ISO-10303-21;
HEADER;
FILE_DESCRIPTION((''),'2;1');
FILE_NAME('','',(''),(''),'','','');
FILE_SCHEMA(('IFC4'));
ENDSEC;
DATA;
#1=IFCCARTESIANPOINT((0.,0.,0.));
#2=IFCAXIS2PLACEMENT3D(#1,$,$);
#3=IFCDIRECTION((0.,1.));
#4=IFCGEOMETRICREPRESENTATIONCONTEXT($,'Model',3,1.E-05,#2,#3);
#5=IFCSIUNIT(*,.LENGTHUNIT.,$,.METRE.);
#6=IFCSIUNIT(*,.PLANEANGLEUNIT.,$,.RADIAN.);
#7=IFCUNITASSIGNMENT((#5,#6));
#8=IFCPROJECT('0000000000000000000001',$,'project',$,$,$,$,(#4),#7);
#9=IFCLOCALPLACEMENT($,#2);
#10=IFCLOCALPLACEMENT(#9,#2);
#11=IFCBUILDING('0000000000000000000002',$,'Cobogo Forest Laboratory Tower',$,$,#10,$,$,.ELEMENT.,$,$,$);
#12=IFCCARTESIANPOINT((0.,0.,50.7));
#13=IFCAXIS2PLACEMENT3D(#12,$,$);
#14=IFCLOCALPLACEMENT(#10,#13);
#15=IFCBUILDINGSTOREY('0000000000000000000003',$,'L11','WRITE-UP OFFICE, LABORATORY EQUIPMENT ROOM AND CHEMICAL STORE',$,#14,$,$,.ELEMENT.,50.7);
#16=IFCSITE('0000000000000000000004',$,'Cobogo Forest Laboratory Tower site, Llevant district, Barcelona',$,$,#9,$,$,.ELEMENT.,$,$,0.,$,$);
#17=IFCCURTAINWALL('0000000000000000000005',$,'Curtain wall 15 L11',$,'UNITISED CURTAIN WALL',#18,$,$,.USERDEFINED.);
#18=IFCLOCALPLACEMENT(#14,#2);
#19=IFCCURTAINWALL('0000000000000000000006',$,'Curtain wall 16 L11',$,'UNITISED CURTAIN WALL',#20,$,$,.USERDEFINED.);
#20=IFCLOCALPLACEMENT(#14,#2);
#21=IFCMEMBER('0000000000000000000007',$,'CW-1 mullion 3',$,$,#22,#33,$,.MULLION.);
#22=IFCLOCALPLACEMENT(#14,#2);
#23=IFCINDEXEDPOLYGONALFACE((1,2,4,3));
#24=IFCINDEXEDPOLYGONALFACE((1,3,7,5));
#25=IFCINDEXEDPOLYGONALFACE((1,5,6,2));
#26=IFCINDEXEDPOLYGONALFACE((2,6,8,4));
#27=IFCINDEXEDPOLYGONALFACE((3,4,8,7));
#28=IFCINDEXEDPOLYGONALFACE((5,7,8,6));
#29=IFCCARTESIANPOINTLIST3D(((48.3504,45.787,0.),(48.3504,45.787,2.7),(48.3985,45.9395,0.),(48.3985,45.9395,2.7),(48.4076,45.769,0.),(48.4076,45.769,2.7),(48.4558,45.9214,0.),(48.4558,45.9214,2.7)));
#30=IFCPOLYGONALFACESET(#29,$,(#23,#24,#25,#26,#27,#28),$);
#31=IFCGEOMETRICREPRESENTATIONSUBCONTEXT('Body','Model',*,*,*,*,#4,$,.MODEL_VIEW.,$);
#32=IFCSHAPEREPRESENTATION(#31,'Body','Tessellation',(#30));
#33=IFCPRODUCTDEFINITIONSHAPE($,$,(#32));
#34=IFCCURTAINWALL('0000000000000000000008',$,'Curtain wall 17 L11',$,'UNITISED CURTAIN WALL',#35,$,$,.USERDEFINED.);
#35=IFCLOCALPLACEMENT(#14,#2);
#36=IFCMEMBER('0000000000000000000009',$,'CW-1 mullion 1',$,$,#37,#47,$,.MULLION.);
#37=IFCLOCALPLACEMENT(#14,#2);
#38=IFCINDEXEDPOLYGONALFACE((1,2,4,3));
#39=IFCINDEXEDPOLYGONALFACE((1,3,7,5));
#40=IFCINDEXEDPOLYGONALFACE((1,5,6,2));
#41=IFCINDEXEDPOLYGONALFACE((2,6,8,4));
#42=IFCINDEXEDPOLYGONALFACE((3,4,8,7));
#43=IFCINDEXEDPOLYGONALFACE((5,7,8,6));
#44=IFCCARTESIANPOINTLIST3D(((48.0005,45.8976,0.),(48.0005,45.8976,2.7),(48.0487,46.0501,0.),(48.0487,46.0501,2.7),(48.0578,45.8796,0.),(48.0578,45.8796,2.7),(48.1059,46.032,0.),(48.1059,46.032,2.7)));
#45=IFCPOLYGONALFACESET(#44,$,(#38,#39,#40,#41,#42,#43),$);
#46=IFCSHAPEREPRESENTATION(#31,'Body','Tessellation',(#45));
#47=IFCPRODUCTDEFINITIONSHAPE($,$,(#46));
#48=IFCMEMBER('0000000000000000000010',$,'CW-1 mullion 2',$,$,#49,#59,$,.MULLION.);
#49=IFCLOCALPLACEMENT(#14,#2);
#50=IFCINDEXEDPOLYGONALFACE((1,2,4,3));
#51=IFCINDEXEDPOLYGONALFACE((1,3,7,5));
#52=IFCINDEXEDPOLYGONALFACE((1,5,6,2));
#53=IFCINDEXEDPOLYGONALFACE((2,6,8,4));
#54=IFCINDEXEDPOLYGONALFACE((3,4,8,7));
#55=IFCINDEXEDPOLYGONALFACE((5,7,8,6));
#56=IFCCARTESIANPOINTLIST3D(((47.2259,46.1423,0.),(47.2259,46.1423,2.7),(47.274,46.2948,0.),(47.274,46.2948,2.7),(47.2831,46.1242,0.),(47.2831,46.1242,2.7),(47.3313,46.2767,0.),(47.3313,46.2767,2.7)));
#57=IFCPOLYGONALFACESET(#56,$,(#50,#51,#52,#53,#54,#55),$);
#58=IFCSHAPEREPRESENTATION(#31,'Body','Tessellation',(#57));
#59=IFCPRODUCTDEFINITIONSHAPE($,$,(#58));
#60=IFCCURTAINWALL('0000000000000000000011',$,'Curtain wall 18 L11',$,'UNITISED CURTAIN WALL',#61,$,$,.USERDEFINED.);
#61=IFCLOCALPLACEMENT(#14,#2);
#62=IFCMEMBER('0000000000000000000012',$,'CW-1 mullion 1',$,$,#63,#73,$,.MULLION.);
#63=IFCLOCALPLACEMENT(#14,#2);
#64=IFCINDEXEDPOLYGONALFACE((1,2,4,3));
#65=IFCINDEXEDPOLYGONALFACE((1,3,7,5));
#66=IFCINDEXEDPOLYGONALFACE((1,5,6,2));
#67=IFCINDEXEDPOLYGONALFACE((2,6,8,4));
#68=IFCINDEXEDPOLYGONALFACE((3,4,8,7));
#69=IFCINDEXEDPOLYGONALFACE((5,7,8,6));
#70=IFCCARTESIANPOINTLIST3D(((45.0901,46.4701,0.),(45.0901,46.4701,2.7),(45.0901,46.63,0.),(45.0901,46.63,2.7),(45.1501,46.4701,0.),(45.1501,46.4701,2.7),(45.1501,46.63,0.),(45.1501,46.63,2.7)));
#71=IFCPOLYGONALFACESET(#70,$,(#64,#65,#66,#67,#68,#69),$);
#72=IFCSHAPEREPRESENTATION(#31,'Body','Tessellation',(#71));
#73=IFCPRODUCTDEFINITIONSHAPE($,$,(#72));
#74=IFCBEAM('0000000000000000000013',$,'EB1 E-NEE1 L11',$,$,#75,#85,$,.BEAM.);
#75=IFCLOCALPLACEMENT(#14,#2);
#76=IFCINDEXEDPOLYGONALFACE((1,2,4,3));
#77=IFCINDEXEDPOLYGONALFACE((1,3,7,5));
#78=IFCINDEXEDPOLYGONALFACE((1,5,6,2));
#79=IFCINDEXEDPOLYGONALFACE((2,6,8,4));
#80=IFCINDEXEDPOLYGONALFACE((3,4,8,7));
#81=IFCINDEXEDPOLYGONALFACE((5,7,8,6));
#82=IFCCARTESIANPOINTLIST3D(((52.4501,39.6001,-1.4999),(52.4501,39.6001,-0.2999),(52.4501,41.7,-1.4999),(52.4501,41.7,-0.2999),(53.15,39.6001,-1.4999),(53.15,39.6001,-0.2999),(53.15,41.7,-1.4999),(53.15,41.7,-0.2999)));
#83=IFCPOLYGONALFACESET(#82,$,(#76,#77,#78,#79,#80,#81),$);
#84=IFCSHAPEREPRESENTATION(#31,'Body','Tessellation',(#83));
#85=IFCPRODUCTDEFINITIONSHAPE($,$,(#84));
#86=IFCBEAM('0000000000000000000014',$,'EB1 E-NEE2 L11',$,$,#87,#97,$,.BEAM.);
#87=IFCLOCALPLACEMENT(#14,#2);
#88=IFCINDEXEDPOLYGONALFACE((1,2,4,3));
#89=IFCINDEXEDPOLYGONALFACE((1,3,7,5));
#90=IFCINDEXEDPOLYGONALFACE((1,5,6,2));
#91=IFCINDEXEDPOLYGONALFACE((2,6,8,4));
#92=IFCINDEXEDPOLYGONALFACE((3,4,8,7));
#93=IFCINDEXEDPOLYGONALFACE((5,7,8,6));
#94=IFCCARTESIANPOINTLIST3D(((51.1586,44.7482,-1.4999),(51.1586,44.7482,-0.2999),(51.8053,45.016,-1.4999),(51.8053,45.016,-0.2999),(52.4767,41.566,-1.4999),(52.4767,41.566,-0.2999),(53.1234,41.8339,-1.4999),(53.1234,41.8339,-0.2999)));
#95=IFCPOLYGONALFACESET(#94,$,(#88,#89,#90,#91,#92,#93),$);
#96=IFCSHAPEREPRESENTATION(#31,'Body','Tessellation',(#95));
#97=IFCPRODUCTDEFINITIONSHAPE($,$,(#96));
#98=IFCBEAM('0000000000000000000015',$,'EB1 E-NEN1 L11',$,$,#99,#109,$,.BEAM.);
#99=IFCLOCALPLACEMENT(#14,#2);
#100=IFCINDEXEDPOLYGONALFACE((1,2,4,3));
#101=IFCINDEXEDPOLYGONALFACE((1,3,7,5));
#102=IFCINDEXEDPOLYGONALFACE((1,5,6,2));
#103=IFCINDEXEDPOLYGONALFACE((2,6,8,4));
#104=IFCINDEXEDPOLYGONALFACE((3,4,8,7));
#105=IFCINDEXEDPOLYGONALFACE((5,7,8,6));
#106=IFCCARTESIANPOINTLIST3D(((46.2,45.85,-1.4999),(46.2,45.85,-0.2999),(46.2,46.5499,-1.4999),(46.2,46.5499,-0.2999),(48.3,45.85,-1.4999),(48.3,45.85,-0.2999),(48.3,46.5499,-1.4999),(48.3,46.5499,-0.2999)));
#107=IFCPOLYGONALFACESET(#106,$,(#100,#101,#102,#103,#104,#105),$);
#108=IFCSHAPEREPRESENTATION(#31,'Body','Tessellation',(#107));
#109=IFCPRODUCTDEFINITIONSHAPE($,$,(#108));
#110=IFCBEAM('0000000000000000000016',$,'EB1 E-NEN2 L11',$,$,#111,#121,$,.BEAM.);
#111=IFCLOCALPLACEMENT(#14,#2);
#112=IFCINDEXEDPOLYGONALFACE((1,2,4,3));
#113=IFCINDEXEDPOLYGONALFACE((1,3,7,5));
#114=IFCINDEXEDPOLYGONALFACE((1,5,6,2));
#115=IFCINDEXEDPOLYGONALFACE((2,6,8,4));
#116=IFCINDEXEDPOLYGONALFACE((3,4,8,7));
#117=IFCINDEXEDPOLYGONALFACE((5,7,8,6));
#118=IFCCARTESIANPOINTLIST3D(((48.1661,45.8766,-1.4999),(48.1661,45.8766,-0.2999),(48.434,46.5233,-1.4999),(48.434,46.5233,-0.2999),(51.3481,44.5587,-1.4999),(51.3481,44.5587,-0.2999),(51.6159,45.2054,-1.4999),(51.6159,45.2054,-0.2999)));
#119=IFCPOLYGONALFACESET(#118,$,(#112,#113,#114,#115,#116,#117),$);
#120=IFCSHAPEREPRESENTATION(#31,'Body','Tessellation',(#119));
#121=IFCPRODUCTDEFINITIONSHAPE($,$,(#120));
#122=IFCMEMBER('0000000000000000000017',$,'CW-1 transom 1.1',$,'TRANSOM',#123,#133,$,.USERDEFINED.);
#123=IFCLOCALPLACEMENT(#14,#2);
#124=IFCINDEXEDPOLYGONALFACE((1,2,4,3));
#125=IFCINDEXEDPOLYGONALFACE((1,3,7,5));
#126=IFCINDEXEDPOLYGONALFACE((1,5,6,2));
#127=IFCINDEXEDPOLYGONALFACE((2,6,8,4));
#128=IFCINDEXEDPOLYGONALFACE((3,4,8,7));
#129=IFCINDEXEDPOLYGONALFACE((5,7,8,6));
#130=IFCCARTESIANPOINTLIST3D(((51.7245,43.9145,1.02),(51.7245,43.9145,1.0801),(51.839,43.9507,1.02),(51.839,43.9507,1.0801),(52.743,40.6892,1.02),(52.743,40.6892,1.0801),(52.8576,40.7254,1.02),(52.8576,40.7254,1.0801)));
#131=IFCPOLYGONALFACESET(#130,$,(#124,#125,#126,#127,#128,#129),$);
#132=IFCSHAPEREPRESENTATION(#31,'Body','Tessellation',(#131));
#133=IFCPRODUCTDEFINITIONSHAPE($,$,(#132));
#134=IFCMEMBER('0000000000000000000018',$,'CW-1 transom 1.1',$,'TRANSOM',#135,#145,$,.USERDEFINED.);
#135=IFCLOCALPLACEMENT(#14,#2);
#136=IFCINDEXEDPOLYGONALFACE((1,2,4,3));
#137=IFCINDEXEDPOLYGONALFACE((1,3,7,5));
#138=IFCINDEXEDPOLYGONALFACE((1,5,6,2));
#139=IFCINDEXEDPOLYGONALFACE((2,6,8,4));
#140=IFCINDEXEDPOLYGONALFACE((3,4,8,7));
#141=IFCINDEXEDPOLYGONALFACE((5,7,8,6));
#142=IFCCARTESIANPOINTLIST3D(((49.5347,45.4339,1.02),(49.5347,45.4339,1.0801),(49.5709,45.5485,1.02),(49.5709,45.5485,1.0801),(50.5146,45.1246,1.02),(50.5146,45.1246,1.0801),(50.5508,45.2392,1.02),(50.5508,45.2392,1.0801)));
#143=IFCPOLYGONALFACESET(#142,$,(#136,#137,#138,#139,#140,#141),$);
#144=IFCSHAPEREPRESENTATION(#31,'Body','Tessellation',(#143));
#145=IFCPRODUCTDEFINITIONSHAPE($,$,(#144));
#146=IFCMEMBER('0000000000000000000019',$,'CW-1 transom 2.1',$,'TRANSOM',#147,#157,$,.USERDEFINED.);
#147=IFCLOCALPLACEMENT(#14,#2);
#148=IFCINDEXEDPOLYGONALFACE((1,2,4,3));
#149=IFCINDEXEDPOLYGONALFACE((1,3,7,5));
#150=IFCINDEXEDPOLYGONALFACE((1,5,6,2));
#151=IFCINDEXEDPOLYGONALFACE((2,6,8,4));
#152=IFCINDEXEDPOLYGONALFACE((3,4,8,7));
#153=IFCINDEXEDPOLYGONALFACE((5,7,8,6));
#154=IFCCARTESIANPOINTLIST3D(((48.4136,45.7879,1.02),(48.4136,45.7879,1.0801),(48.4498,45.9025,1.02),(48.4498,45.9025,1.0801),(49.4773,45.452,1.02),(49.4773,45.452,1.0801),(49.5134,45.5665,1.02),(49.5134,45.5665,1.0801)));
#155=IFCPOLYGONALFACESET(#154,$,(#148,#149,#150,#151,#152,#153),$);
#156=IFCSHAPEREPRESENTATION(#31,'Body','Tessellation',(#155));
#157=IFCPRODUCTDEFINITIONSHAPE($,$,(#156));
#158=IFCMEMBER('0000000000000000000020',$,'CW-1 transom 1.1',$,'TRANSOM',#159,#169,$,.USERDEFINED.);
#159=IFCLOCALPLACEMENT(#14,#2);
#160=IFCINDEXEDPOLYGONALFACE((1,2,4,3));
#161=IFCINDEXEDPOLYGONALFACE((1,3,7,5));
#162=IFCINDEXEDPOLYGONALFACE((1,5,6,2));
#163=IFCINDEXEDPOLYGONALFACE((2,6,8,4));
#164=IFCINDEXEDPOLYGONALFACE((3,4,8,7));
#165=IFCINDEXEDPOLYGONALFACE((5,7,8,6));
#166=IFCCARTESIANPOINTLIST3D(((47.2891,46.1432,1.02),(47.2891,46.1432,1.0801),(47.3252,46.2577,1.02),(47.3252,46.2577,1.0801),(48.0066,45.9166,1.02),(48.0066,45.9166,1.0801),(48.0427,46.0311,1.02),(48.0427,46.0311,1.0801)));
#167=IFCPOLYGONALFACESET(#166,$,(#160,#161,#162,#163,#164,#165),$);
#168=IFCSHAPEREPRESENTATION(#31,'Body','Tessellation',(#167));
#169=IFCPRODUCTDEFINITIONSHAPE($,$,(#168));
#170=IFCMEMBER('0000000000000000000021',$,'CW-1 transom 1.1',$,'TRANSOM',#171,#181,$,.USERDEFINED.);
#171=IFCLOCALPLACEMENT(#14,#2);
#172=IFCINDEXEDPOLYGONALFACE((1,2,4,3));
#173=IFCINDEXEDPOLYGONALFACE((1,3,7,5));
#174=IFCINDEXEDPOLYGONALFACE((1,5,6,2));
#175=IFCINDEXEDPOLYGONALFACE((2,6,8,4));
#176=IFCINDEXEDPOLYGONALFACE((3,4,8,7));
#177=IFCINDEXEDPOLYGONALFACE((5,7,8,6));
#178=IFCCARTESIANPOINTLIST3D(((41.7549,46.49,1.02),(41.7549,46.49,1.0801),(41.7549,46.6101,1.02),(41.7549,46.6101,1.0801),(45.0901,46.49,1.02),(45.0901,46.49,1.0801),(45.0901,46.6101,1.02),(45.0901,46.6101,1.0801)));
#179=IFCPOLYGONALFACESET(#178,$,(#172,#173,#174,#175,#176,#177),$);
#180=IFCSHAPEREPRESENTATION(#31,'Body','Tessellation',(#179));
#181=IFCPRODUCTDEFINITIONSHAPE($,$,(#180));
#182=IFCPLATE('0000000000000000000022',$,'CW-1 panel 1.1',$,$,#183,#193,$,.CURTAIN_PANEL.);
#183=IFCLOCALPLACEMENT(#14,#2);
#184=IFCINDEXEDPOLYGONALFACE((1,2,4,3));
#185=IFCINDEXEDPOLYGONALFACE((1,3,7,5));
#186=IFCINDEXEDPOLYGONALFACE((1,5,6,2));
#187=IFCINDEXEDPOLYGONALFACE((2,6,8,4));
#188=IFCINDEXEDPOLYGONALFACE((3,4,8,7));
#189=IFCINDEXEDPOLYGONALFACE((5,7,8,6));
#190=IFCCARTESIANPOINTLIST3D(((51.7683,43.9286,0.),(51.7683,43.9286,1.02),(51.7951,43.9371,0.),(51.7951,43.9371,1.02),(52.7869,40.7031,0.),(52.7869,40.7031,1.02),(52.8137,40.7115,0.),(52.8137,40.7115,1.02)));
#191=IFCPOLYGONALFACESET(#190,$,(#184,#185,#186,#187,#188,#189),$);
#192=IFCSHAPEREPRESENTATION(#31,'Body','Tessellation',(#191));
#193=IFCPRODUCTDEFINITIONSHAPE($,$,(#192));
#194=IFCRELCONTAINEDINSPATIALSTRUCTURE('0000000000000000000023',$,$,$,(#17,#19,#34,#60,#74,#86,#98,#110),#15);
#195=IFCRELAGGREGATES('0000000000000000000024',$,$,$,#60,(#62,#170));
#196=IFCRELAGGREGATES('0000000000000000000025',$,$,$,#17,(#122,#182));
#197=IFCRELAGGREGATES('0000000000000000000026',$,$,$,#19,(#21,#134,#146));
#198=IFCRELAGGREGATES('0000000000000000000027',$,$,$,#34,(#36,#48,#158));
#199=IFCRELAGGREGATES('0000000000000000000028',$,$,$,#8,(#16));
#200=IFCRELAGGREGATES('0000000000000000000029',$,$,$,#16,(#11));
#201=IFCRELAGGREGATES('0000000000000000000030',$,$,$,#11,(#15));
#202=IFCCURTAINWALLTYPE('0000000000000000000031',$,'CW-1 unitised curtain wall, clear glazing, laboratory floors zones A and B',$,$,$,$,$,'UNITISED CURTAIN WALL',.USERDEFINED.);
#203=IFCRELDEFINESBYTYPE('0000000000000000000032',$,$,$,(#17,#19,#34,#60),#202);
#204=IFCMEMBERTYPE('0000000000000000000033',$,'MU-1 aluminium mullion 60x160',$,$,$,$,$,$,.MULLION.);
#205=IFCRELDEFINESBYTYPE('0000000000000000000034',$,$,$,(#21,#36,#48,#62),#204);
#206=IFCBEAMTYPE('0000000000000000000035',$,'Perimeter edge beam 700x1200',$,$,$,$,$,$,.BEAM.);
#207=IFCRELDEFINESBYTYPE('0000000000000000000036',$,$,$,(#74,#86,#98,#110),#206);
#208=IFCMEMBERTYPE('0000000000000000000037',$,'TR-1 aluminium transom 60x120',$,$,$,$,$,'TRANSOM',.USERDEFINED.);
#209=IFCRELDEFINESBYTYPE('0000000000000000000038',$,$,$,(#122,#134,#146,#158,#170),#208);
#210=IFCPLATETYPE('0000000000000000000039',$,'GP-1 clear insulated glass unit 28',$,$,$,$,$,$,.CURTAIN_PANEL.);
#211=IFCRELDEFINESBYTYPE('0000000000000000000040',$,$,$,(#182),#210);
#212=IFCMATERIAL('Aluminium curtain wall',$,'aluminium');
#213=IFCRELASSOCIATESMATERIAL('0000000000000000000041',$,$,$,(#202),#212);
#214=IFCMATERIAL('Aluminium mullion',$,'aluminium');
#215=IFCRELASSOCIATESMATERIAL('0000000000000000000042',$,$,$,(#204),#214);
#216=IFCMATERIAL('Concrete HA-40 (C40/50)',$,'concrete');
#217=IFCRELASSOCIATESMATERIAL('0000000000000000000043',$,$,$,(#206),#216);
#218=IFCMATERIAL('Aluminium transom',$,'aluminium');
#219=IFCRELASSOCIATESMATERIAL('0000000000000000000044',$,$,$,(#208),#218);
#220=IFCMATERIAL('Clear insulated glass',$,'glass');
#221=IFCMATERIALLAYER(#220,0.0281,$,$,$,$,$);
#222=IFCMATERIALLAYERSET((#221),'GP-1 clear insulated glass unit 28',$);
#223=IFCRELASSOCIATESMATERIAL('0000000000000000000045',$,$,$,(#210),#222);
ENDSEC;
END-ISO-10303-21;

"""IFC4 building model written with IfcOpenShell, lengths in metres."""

from ifc_helpers import new_model, si_unit, direction, frame, origin, origin_2d, place, context, subcontext, project, spatial, rectangle, extrude, material, layer, layer_set, material_profile, profile_set, type_object, element, aggregate, save


model = new_model("IFC4")

# Units and contexts
model_context = context("Model", 3, precision=1e-05, world=origin(), true_north=direction((0.0, 1.0)))
body_context = subcontext(model_context, "Body", "Model", "MODEL_VIEW")
ifc_project = project(units=[si_unit("LENGTHUNIT", "METRE"), si_unit("PLANEANGLEUNIT", "RADIAN")], contexts=[model_context])

# Site, building, storey
site_placement = place(None, origin())
site = spatial("IfcSite", under=ifc_project, at=site_placement, Name="Cobogo Forest Laboratory Tower site, Llevant district, Barcelona", CompositionType="ELEMENT", RefElevation=0.0)
building_placement = place(site_placement, origin())
building = spatial("IfcBuilding", under=site, at=building_placement, Name="Cobogo Forest Laboratory Tower", CompositionType="ELEMENT")
storey_placement = place(building_placement, frame((0.0, 0.0, 50.7)))
storey = spatial("IfcBuildingStorey", under=building, at=storey_placement, Name="L11", Description="WRITE-UP OFFICE, LABORATORY EQUIPMENT ROOM AND CHEMICAL STORE", CompositionType="ELEMENT", Elevation=50.7)

# Shared definitions
ifc_material_1 = material(Name="Concrete HA-40 (C40/50)", Category="concrete")

# Curtain walls, members
ifc_material_2 = material(Name="Aluminium curtain wall", Category="aluminium")
curtain_wall_type = type_object("IfcCurtainWallType", Name="CW-1 unitised curtain wall, clear glazing, laboratory floors zones A and B", ElementType="UNITISED CURTAIN WALL", PredefinedType="USERDEFINED", material=ifc_material_2)
curtain_wall_1_placement = place(storey_placement, origin())
curtain_wall_1 = element("IfcCurtainWall", 1, at=curtain_wall_1_placement, inside=storey, type_object=curtain_wall_type, Name="Curtain wall 15 L11", ObjectType="UNITISED CURTAIN WALL", PredefinedType="USERDEFINED")
ifc_material_3 = material(Name="Aluminium mullion", Category="aluminium")
ifc_material_profile_1 = material_profile(ifc_material_3, rectangle(XDim=0.0601, YDim=0.1599, at=origin_2d()), Name="AL 60x160")
ifc_profile_set_1 = profile_set([ifc_material_profile_1], Name="Aluminium mullion")
member_type_1 = type_object("IfcMemberType", Name="MU-1 aluminium mullion 60x160", PredefinedType="MULLION", material=ifc_profile_set_1)
curtain_wall_2_placement = place(storey_placement, origin())
curtain_wall_2 = element("IfcCurtainWall", 2, at=curtain_wall_2_placement, inside=storey, type_object=curtain_wall_type, Name="Curtain wall 16 L11", ObjectType="UNITISED CURTAIN WALL", PredefinedType="USERDEFINED")
member_1_placement = place(storey_placement, frame((48.4031, 45.8542, 0.0), z_axis=(0.0, 0.0, 1.0), x_axis=(-0.953581, 0.301135, 0.0)))
member_1 = element("IfcMember", 3, at=member_1_placement, type_object=member_type_1, Name="CW-1 mullion 3", PredefinedType="MULLION", context=body_context, shape_type="SweptSolid", body=[
    extrude(rectangle(XDim=0.0601, YDim=0.1599, at=origin_2d()), origin(), (0.0, 0.0, 1.0), 2.7),
])
curtain_wall_3_placement = place(storey_placement, origin())
curtain_wall_3 = element("IfcCurtainWall", 4, at=curtain_wall_3_placement, inside=storey, type_object=curtain_wall_type, Name="Curtain wall 17 L11", ObjectType="UNITISED CURTAIN WALL", PredefinedType="USERDEFINED")
member_2_placement = place(storey_placement, frame((48.0532, 45.9648, 0.0), z_axis=(0.0, 0.0, 1.0), x_axis=(-0.953582, 0.301135, 0.0)))
member_2 = element("IfcMember", 5, at=member_2_placement, type_object=member_type_1, Name="CW-1 mullion 1", PredefinedType="MULLION", context=body_context, shape_type="SweptSolid", body=[
    extrude(rectangle(XDim=0.0601, YDim=0.1599, at=origin_2d()), origin(), (0.0, 0.0, 1.0), 2.7),
])
member_3_placement = place(storey_placement, frame((47.2786, 46.2095, 0.0), z_axis=(0.0, 0.0, 1.0), x_axis=(-0.953582, 0.301135, 0.0)))
member_3 = element("IfcMember", 6, at=member_3_placement, type_object=member_type_1, Name="CW-1 mullion 2", PredefinedType="MULLION", context=body_context, shape_type="SweptSolid", body=[
    extrude(rectangle(XDim=0.0601, YDim=0.1599, at=origin_2d()), origin(), (0.0, 0.0, 1.0), 2.7),
])

# Curtain wall, member
curtain_wall_4_placement = place(storey_placement, origin())
curtain_wall_4 = element("IfcCurtainWall", 7, at=curtain_wall_4_placement, inside=storey, type_object=curtain_wall_type, Name="Curtain wall 18 L11", ObjectType="UNITISED CURTAIN WALL", PredefinedType="USERDEFINED")
member_4_placement = place(storey_placement, frame((45.1201, 46.55, 0.0), z_axis=(0.0, 0.0, 1.0), x_axis=(-1.0, 0.0, 0.0)))
member_4 = element("IfcMember", 8, at=member_4_placement, type_object=member_type_1, Name="CW-1 mullion 1", PredefinedType="MULLION", context=body_context, shape_type="SweptSolid", body=[
    extrude(rectangle(XDim=0.0601, YDim=0.1599, at=origin_2d()), origin(), (0.0, 0.0, 1.0), 2.7),
])

# Beams
ifc_material_profile_2 = material_profile(ifc_material_1, rectangle(XDim=0.7, YDim=1.2, at=origin_2d()), Name="RC 700x1200")
ifc_profile_set_2 = profile_set([ifc_material_profile_2], Name="Concrete HA-40 (C40/50)")
beam_type_1 = type_object("IfcBeamType", Name="Perimeter edge beam 700x1200", PredefinedType="BEAM", material=ifc_profile_set_2)
beam_1_placement = place(storey_placement, frame((52.8, 39.6001, -0.8999), z_axis=(0.0, 1.0, 0.0), x_axis=(-1.0, 0.0, 0.0)))
element("IfcBeam", 9, at=beam_1_placement, inside=storey, type_object=beam_type_1, Name="EB1 E-NEE1 L11", PredefinedType="BEAM", context=body_context, shape_type="SweptSolid", body=[
    extrude(rectangle(XDim=0.7, YDim=1.2, at=origin_2d()), origin(), (0.0, 0.0, 1.0), 2.0999),
])
beam_2_placement = place(storey_placement, frame((52.8, 41.7, -0.8999), z_axis=(-0.382692, 0.923876, 0.0), x_axis=(-0.923876, -0.382692, 0.0)))
element("IfcBeam", 10, at=beam_2_placement, inside=storey, type_object=beam_type_1, Name="EB1 E-NEE2 L11", PredefinedType="BEAM", context=body_context, shape_type="SweptSolid", body=[
    extrude(rectangle(XDim=0.7, YDim=1.2, at=origin_2d()), origin(), (0.0, 0.0, 1.0), 3.4443),
])
beam_3_placement = place(storey_placement, frame((46.2, 46.2, -0.8999), z_axis=(1.0, 0.0, 0.0), x_axis=(0.0, 1.0, 0.0)))
element("IfcBeam", 11, at=beam_3_placement, inside=storey, type_object=beam_type_1, Name="EB1 E-NEN1 L11", PredefinedType="BEAM", context=body_context, shape_type="SweptSolid", body=[
    extrude(rectangle(XDim=0.7, YDim=1.2, at=origin_2d()), origin(), (0.0, 0.0, 1.0), 2.1001),
])
beam_4_placement = place(storey_placement, frame((48.3, 46.2, -0.8999), z_axis=(0.923891, -0.382656, 0.0), x_axis=(0.382656, 0.923891, 0.0)))
element("IfcBeam", 12, at=beam_4_placement, inside=storey, type_object=beam_type_1, Name="EB1 E-NEN2 L11", PredefinedType="BEAM", context=body_context, shape_type="SweptSolid", body=[
    extrude(rectangle(XDim=0.7, YDim=1.2, at=origin_2d()), origin(), (0.0, 0.0, 1.0), 3.4441),
])

# Members
ifc_material_4 = material(Name="Aluminium transom", Category="aluminium")
ifc_material_profile_3 = material_profile(ifc_material_4, rectangle(XDim=0.1201, YDim=0.0601, at=origin_2d()), Name="AL 60x120")
ifc_profile_set_3 = profile_set([ifc_material_profile_3], Name="Aluminium transom")
member_type_2 = type_object("IfcMemberType", Name="TR-1 aluminium transom 60x120", ElementType="TRANSOM", PredefinedType="USERDEFINED", material=ifc_profile_set_3)
member_5_placement = place(storey_placement, frame((52.8003, 40.7073, 1.05), z_axis=(-0.301138, 0.95358, 0.0), x_axis=(-0.95358, -0.301138, 0.0)))
member_5 = element("IfcMember", 13, at=member_5_placement, type_object=member_type_2, Name="CW-1 transom 1.1", ObjectType="TRANSOM", PredefinedType="USERDEFINED", context=body_context, shape_type="SweptSolid", body=[
    extrude(rectangle(XDim=0.1201, YDim=0.0601, at=origin_2d()), origin(), (0.0, 0.0, 1.0), 3.3823),
])
member_6_placement = place(storey_placement, frame((50.5327, 45.1819, 1.05), z_axis=(-0.953622, 0.301006, 0.0), x_axis=(-0.301006, -0.953622, 0.0)))
member_6 = element("IfcMember", 14, at=member_6_placement, type_object=member_type_2, Name="CW-1 transom 1.1", ObjectType="TRANSOM", PredefinedType="USERDEFINED", context=body_context, shape_type="SweptSolid", body=[
    extrude(rectangle(XDim=0.1201, YDim=0.0601, at=origin_2d()), origin(), (0.0, 0.0, 1.0), 1.0276),
])
member_7_placement = place(storey_placement, frame((49.4954, 45.5093, 1.05), z_axis=(-0.953576, 0.301152, 0.0), x_axis=(-0.301152, -0.953576, 0.0)))
member_7 = element("IfcMember", 15, at=member_7_placement, type_object=member_type_2, Name="CW-1 transom 2.1", ObjectType="TRANSOM", PredefinedType="USERDEFINED", context=body_context, shape_type="SweptSolid", body=[
    extrude(rectangle(XDim=0.1201, YDim=0.0601, at=origin_2d()), origin(), (0.0, 0.0, 1.0), 1.1155),
])
member_8_placement = place(storey_placement, frame((48.0247, 45.9739, 1.05), z_axis=(-0.953592, 0.3011, 0.0), x_axis=(-0.3011, -0.953592, 0.0)))
member_8 = element("IfcMember", 16, at=member_8_placement, type_object=member_type_2, Name="CW-1 transom 1.1", ObjectType="TRANSOM", PredefinedType="USERDEFINED", context=body_context, shape_type="SweptSolid", body=[
    extrude(rectangle(XDim=0.1201, YDim=0.0601, at=origin_2d()), origin(), (0.0, 0.0, 1.0), 0.7524),
])
member_9_placement = place(storey_placement, frame((45.0901, 46.55, 1.05), z_axis=(-1.0, 0.0, 0.0), x_axis=(0.0, -1.0, 0.0)))
member_9 = element("IfcMember", 17, at=member_9_placement, type_object=member_type_2, Name="CW-1 transom 1.1", ObjectType="TRANSOM", PredefinedType="USERDEFINED", context=body_context, shape_type="SweptSolid", body=[
    extrude(rectangle(XDim=0.1201, YDim=0.0601, at=origin_2d()), origin(), (0.0, 0.0, 1.0), 3.3352),
])
aggregate(curtain_wall_4, [member_4, member_9])

# Plate
ifc_material_5 = material(Name="Clear insulated glass", Category="glass")
ifc_layer_1 = layer(ifc_material_5, 0.0281)
ifc_layer_set_1 = layer_set([ifc_layer_1], Name="GP-1 clear insulated glass unit 28")
plate_type = type_object("IfcPlateType", Name="GP-1 clear insulated glass unit 28", PredefinedType="CURTAIN_PANEL", material=ifc_layer_set_1)
plate_1_placement = place(storey_placement, frame((52.291, 42.3201, 0.0), z_axis=(0.0, 0.0, 1.0), x_axis=(-0.301135, 0.953581, 0.0)))
plate_1 = element("IfcPlate", 18, at=plate_1_placement, type_object=plate_type, Name="CW-1 panel 1.1", PredefinedType="CURTAIN_PANEL", context=body_context, shape_type="SweptSolid", body=[
    extrude(rectangle(XDim=3.3826, YDim=0.0281, at=origin_2d()), origin(), (0.0, 0.0, 1.0), 1.02),
])
aggregate(curtain_wall_1, [member_5, plate_1])
aggregate(curtain_wall_2, [member_1, member_6, member_7])
aggregate(curtain_wall_3, [member_2, member_3, member_8])

save(model, "model.ifc")
